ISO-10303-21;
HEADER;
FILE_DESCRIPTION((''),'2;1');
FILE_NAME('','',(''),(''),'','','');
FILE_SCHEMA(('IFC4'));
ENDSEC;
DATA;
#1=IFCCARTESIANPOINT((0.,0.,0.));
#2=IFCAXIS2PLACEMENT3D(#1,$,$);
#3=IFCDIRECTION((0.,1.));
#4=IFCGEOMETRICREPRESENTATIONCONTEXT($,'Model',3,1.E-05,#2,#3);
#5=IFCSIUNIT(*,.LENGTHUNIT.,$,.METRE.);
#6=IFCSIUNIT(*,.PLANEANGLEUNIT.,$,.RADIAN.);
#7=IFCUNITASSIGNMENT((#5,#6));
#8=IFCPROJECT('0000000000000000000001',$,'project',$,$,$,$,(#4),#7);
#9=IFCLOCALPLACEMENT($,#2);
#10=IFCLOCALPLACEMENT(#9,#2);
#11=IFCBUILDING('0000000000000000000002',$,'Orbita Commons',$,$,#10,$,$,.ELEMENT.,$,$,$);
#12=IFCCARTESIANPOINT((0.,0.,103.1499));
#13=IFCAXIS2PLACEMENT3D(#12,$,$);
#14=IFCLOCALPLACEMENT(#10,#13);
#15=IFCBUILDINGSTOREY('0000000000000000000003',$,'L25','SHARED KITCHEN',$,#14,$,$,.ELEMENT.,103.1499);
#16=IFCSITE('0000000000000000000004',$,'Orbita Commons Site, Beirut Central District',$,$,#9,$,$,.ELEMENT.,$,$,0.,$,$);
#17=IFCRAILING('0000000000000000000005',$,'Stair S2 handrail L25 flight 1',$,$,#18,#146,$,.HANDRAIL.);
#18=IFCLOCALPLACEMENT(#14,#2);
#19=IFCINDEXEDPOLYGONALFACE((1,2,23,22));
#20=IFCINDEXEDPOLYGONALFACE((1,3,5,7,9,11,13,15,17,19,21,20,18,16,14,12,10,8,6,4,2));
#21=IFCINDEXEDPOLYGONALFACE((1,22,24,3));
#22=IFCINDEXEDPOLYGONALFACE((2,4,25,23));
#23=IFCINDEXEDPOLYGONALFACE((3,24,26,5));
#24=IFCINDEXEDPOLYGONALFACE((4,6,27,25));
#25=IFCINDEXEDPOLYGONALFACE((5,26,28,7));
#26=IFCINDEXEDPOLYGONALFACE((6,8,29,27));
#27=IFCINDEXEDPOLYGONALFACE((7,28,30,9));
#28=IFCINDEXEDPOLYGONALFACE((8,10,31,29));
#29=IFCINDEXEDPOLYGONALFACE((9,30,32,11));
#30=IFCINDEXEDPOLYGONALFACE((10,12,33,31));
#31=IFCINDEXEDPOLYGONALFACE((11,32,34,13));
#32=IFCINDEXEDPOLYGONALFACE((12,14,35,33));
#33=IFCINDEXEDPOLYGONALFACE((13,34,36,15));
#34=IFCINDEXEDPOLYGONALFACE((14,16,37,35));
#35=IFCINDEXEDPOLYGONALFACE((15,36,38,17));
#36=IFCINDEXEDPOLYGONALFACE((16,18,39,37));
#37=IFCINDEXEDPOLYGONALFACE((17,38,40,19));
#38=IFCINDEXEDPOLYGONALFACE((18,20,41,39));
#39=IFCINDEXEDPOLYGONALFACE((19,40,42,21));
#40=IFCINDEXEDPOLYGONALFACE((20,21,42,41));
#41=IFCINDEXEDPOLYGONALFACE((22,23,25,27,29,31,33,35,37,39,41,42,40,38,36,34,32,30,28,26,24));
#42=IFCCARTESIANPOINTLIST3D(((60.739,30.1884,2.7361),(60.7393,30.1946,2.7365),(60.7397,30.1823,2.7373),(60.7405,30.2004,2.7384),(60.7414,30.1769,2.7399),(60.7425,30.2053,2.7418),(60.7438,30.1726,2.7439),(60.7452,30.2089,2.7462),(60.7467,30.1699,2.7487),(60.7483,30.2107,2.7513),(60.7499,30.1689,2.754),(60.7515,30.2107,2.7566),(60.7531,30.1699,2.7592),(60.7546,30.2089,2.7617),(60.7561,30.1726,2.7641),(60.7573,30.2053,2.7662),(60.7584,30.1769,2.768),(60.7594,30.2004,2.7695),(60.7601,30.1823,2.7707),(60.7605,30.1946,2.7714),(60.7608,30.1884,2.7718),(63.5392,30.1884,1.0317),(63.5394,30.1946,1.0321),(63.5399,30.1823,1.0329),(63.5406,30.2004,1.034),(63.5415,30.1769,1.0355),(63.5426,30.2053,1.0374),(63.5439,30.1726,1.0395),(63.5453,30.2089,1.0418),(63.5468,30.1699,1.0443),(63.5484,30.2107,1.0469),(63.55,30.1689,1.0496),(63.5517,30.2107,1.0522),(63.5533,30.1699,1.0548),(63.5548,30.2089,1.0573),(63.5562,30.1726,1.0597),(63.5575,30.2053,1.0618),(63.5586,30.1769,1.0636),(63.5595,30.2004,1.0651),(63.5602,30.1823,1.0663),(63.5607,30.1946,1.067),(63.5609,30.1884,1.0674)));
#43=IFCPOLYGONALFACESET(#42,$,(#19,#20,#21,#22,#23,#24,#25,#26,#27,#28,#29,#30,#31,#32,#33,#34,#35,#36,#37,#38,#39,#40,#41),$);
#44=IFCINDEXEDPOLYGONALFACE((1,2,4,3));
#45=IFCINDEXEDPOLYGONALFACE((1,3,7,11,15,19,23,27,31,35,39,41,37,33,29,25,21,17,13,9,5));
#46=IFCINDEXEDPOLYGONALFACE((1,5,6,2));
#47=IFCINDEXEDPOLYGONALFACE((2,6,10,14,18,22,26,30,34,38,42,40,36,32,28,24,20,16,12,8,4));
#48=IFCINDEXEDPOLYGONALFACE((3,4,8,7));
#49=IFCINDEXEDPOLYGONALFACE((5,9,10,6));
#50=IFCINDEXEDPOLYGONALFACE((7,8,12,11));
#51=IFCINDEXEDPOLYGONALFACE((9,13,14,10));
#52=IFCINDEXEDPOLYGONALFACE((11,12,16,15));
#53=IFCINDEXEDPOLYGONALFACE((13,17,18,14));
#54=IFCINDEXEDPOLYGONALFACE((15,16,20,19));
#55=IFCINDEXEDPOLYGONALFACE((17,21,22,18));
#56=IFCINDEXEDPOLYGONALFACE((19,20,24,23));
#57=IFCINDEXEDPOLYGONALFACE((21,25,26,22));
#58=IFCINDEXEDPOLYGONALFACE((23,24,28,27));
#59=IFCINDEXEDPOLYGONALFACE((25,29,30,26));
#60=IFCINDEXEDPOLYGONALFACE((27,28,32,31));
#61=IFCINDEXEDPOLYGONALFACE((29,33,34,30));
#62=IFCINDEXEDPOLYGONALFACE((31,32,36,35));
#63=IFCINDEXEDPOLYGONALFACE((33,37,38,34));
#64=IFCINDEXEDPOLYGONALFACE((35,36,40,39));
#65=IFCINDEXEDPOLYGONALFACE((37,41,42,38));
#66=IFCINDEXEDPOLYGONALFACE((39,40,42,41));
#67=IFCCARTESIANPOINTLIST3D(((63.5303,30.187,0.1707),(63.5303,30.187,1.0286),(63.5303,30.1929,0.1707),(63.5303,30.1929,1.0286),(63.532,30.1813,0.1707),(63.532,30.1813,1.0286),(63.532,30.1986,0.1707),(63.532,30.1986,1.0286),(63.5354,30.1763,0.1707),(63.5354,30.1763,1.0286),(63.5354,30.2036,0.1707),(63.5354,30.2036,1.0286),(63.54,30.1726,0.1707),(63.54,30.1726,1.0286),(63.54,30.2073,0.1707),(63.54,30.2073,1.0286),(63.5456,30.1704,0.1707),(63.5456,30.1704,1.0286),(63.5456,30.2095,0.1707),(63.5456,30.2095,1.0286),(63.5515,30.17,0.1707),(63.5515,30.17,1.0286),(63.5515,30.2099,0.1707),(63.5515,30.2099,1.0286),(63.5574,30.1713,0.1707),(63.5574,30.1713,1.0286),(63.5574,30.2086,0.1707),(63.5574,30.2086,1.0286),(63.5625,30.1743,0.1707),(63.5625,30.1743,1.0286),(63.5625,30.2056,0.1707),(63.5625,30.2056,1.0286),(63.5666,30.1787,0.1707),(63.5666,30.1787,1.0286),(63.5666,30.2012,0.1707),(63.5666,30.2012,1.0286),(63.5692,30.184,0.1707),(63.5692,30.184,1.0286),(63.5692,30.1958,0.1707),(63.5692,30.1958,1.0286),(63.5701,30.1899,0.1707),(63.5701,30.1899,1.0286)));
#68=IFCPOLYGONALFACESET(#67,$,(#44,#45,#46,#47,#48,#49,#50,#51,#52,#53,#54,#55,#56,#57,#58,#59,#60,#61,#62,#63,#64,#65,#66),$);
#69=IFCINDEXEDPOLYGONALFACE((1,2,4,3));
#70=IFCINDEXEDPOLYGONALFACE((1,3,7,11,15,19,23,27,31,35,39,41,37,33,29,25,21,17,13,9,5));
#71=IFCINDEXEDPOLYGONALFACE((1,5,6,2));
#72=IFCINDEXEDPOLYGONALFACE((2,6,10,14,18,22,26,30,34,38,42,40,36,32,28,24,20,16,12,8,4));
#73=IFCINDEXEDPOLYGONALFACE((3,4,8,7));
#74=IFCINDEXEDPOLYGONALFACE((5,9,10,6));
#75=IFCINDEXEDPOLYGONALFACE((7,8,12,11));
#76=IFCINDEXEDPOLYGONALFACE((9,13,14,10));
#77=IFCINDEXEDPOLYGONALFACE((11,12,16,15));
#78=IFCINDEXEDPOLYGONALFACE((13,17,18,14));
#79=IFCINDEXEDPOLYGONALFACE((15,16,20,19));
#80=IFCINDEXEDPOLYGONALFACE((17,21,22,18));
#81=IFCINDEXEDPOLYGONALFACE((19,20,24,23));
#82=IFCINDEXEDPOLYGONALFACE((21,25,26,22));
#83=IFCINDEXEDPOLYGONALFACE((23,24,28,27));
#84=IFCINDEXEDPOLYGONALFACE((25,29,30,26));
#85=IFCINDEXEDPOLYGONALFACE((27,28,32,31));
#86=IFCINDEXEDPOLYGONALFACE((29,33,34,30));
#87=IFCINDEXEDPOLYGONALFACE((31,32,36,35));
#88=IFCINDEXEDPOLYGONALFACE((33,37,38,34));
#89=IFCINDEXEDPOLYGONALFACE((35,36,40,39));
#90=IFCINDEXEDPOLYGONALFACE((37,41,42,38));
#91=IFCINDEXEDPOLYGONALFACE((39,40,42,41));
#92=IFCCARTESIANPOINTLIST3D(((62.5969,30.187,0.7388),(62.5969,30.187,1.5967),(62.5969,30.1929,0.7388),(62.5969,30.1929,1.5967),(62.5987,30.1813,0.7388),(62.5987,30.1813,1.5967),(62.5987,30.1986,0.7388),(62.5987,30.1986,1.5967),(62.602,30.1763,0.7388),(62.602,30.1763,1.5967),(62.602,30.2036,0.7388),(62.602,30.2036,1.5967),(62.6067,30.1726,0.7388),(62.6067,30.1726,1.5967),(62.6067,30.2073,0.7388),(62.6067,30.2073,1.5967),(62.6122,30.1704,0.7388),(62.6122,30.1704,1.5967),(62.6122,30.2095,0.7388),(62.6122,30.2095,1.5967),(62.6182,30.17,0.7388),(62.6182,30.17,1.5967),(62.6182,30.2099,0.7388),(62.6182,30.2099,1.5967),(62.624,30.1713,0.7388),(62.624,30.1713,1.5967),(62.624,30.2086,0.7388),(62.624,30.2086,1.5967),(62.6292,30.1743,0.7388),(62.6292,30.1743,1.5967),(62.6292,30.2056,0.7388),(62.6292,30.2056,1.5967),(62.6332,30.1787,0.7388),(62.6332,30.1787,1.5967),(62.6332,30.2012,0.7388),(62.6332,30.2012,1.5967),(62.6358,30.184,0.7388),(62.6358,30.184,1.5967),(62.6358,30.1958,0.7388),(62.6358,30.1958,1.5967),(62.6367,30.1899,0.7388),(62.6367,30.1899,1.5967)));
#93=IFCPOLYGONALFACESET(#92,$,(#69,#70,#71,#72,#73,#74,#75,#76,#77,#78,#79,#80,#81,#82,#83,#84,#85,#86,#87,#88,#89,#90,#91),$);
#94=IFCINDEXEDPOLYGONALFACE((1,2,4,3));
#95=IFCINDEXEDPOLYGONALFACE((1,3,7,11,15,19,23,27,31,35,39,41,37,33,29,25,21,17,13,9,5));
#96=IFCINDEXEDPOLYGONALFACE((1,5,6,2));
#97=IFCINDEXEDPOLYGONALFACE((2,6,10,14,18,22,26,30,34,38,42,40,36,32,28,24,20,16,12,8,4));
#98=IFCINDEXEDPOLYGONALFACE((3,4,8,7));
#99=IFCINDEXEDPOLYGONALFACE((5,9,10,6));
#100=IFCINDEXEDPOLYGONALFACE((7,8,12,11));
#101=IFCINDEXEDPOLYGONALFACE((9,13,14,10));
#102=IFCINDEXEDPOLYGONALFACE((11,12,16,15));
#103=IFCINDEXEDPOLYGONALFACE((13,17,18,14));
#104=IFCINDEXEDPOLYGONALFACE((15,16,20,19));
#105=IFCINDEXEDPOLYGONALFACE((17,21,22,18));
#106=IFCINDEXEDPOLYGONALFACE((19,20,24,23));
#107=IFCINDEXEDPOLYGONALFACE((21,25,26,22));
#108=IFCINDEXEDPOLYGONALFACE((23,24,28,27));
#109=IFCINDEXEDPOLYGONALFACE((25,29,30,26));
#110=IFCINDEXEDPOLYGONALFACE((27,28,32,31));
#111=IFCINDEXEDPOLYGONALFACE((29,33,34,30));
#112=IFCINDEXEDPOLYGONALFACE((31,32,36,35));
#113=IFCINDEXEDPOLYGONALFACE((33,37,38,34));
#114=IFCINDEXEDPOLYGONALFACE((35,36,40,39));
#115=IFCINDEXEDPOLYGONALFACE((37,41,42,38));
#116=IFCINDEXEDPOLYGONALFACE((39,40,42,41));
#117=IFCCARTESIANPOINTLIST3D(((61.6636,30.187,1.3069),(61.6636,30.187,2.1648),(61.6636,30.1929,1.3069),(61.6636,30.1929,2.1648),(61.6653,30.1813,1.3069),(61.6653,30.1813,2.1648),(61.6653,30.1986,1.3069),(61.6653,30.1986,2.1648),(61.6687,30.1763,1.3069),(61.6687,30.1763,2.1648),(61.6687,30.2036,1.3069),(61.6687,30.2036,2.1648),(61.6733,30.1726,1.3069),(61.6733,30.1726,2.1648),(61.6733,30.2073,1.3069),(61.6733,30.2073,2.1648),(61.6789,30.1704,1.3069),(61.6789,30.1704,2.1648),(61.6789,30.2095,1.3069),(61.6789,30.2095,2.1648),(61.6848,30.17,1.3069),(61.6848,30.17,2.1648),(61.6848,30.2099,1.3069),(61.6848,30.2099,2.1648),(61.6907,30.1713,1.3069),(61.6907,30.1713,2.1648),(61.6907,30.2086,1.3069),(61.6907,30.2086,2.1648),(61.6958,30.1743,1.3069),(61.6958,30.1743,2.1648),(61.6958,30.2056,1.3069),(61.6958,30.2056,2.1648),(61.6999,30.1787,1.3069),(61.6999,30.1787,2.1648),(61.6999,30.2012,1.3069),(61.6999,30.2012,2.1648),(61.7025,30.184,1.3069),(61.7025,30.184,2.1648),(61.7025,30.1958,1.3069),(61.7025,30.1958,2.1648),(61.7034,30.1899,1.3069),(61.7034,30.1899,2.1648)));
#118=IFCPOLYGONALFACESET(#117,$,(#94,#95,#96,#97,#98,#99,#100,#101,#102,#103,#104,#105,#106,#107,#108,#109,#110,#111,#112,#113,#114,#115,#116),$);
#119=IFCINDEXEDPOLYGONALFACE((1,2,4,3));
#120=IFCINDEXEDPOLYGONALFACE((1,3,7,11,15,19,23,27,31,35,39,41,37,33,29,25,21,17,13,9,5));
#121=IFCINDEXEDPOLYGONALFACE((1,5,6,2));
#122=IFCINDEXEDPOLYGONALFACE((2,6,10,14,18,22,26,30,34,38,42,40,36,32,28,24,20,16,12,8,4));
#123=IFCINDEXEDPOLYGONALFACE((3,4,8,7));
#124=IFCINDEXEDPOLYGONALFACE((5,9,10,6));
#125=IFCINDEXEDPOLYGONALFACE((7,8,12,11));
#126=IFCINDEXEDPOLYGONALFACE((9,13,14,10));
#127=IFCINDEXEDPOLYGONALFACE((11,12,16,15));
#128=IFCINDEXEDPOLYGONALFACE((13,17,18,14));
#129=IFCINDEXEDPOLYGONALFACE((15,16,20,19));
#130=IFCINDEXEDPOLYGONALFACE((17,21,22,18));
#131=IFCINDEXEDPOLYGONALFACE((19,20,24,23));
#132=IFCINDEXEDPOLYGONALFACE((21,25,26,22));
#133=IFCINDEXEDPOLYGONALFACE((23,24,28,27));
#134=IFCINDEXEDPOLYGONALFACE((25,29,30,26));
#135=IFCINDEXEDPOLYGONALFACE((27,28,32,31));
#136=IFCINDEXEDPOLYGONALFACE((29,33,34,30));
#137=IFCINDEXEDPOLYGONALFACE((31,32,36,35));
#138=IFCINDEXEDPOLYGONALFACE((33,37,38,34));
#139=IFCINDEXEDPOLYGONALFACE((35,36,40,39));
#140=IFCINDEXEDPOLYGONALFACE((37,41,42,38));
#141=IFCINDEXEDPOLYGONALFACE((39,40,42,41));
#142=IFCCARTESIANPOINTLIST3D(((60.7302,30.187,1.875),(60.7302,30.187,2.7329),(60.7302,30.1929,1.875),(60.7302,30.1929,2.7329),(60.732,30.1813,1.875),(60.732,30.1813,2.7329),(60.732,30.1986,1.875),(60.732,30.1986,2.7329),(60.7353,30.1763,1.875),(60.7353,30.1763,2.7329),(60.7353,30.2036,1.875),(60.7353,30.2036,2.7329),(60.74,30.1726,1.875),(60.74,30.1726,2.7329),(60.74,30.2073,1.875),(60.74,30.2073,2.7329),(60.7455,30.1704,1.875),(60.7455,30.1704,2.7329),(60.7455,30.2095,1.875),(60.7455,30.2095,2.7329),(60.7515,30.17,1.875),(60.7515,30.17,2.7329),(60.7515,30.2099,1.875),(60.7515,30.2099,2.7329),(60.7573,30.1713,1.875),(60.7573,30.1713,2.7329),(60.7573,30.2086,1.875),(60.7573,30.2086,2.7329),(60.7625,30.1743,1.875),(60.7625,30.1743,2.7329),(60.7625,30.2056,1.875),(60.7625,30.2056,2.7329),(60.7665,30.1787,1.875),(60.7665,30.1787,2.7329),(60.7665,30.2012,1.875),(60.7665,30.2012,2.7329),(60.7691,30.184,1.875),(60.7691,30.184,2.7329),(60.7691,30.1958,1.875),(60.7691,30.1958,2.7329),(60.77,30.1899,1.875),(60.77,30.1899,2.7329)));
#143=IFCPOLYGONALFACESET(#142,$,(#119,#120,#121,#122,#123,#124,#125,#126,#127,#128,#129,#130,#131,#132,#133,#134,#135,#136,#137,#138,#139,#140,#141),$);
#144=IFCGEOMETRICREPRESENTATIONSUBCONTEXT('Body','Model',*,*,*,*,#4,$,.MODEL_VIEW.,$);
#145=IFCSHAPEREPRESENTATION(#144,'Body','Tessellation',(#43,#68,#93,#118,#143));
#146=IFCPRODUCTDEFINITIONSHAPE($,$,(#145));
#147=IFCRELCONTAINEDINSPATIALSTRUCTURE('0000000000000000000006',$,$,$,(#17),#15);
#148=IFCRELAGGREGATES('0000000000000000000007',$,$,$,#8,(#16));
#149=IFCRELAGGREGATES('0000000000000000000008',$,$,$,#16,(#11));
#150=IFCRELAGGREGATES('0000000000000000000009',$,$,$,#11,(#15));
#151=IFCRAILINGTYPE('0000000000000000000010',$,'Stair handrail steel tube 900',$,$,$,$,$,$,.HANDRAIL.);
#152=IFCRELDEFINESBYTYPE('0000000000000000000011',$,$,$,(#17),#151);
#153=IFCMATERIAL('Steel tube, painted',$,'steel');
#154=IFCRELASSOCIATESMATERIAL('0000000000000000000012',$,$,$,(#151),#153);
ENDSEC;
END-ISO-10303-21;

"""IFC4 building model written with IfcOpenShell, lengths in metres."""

from ifc_helpers import new_model, si_unit, direction, frame, origin, origin_2d, place, context, subcontext, project, spatial, circle, extrude, material, type_object, element, save


model = new_model("IFC4")

# Units and contexts
model_context = context("Model", 3, precision=1e-05, world=origin(), true_north=direction((0.0, 1.0)))
body_context = subcontext(model_context, "Body", "Model", "MODEL_VIEW")
ifc_project = project(units=[si_unit("LENGTHUNIT", "METRE"), si_unit("PLANEANGLEUNIT", "RADIAN")], contexts=[model_context])

# Site, building, storey
site_placement = place(None, origin())
site = spatial("IfcSite", under=ifc_project, at=site_placement, Name="Orbita Commons Site, Beirut Central District", CompositionType="ELEMENT", RefElevation=0.0)
building_placement = place(site_placement, origin())
building = spatial("IfcBuilding", under=site, at=building_placement, Name="Orbita Commons", CompositionType="ELEMENT")
storey_placement = place(building_placement, frame((0.0, 0.0, 103.1499)))
storey = spatial("IfcBuildingStorey", under=building, at=storey_placement, Name="L25", Description="SHARED KITCHEN", CompositionType="ELEMENT", Elevation=103.1499)

# Railing
ifc_material_1 = material(Name="Steel tube, painted", Category="steel")
railing_type = type_object("IfcRailingType", Name="Stair handrail steel tube 900", PredefinedType="HANDRAIL", material=ifc_material_1)
for number, where, name in (
    (1, (63.55, 30.1899, 0.1707), "Stair S2 handrail L25 flight 1"),
):
    element("IfcRailing", number, at=place(storey_placement, frame(where)), inside=storey, type_object=railing_type, Name=name, PredefinedType="HANDRAIL", context=body_context, shape_type="SweptSolid", body=[
        extrude(circle(Radius=0.021, at=origin_2d()), frame((0.0, 0.0, 0.8789), z_axis=(-0.854203, 0.0, 0.51994), x_axis=(0.0, -1.0, 0.0)), (0.0, 0.0, 1.0), 3.2781),
        extrude(circle(Radius=0.02, at=origin_2d()), origin(), (0.0, 0.0, 1.0), 0.8579),
        extrude(circle(Radius=0.02, at=origin_2d()), frame((-0.9333, 0.0, 0.5681)), (0.0, 0.0, 1.0), 0.8579),
        extrude(circle(Radius=0.02, at=origin_2d()), frame((-1.8667, 0.0, 1.1362)), (0.0, 0.0, 1.0), 0.8579),
        extrude(circle(Radius=0.02, at=origin_2d()), frame((-2.8, 0.0, 1.7043)), (0.0, 0.0, 1.0), 0.8579),
    ])

save(model, "model.ifc")
